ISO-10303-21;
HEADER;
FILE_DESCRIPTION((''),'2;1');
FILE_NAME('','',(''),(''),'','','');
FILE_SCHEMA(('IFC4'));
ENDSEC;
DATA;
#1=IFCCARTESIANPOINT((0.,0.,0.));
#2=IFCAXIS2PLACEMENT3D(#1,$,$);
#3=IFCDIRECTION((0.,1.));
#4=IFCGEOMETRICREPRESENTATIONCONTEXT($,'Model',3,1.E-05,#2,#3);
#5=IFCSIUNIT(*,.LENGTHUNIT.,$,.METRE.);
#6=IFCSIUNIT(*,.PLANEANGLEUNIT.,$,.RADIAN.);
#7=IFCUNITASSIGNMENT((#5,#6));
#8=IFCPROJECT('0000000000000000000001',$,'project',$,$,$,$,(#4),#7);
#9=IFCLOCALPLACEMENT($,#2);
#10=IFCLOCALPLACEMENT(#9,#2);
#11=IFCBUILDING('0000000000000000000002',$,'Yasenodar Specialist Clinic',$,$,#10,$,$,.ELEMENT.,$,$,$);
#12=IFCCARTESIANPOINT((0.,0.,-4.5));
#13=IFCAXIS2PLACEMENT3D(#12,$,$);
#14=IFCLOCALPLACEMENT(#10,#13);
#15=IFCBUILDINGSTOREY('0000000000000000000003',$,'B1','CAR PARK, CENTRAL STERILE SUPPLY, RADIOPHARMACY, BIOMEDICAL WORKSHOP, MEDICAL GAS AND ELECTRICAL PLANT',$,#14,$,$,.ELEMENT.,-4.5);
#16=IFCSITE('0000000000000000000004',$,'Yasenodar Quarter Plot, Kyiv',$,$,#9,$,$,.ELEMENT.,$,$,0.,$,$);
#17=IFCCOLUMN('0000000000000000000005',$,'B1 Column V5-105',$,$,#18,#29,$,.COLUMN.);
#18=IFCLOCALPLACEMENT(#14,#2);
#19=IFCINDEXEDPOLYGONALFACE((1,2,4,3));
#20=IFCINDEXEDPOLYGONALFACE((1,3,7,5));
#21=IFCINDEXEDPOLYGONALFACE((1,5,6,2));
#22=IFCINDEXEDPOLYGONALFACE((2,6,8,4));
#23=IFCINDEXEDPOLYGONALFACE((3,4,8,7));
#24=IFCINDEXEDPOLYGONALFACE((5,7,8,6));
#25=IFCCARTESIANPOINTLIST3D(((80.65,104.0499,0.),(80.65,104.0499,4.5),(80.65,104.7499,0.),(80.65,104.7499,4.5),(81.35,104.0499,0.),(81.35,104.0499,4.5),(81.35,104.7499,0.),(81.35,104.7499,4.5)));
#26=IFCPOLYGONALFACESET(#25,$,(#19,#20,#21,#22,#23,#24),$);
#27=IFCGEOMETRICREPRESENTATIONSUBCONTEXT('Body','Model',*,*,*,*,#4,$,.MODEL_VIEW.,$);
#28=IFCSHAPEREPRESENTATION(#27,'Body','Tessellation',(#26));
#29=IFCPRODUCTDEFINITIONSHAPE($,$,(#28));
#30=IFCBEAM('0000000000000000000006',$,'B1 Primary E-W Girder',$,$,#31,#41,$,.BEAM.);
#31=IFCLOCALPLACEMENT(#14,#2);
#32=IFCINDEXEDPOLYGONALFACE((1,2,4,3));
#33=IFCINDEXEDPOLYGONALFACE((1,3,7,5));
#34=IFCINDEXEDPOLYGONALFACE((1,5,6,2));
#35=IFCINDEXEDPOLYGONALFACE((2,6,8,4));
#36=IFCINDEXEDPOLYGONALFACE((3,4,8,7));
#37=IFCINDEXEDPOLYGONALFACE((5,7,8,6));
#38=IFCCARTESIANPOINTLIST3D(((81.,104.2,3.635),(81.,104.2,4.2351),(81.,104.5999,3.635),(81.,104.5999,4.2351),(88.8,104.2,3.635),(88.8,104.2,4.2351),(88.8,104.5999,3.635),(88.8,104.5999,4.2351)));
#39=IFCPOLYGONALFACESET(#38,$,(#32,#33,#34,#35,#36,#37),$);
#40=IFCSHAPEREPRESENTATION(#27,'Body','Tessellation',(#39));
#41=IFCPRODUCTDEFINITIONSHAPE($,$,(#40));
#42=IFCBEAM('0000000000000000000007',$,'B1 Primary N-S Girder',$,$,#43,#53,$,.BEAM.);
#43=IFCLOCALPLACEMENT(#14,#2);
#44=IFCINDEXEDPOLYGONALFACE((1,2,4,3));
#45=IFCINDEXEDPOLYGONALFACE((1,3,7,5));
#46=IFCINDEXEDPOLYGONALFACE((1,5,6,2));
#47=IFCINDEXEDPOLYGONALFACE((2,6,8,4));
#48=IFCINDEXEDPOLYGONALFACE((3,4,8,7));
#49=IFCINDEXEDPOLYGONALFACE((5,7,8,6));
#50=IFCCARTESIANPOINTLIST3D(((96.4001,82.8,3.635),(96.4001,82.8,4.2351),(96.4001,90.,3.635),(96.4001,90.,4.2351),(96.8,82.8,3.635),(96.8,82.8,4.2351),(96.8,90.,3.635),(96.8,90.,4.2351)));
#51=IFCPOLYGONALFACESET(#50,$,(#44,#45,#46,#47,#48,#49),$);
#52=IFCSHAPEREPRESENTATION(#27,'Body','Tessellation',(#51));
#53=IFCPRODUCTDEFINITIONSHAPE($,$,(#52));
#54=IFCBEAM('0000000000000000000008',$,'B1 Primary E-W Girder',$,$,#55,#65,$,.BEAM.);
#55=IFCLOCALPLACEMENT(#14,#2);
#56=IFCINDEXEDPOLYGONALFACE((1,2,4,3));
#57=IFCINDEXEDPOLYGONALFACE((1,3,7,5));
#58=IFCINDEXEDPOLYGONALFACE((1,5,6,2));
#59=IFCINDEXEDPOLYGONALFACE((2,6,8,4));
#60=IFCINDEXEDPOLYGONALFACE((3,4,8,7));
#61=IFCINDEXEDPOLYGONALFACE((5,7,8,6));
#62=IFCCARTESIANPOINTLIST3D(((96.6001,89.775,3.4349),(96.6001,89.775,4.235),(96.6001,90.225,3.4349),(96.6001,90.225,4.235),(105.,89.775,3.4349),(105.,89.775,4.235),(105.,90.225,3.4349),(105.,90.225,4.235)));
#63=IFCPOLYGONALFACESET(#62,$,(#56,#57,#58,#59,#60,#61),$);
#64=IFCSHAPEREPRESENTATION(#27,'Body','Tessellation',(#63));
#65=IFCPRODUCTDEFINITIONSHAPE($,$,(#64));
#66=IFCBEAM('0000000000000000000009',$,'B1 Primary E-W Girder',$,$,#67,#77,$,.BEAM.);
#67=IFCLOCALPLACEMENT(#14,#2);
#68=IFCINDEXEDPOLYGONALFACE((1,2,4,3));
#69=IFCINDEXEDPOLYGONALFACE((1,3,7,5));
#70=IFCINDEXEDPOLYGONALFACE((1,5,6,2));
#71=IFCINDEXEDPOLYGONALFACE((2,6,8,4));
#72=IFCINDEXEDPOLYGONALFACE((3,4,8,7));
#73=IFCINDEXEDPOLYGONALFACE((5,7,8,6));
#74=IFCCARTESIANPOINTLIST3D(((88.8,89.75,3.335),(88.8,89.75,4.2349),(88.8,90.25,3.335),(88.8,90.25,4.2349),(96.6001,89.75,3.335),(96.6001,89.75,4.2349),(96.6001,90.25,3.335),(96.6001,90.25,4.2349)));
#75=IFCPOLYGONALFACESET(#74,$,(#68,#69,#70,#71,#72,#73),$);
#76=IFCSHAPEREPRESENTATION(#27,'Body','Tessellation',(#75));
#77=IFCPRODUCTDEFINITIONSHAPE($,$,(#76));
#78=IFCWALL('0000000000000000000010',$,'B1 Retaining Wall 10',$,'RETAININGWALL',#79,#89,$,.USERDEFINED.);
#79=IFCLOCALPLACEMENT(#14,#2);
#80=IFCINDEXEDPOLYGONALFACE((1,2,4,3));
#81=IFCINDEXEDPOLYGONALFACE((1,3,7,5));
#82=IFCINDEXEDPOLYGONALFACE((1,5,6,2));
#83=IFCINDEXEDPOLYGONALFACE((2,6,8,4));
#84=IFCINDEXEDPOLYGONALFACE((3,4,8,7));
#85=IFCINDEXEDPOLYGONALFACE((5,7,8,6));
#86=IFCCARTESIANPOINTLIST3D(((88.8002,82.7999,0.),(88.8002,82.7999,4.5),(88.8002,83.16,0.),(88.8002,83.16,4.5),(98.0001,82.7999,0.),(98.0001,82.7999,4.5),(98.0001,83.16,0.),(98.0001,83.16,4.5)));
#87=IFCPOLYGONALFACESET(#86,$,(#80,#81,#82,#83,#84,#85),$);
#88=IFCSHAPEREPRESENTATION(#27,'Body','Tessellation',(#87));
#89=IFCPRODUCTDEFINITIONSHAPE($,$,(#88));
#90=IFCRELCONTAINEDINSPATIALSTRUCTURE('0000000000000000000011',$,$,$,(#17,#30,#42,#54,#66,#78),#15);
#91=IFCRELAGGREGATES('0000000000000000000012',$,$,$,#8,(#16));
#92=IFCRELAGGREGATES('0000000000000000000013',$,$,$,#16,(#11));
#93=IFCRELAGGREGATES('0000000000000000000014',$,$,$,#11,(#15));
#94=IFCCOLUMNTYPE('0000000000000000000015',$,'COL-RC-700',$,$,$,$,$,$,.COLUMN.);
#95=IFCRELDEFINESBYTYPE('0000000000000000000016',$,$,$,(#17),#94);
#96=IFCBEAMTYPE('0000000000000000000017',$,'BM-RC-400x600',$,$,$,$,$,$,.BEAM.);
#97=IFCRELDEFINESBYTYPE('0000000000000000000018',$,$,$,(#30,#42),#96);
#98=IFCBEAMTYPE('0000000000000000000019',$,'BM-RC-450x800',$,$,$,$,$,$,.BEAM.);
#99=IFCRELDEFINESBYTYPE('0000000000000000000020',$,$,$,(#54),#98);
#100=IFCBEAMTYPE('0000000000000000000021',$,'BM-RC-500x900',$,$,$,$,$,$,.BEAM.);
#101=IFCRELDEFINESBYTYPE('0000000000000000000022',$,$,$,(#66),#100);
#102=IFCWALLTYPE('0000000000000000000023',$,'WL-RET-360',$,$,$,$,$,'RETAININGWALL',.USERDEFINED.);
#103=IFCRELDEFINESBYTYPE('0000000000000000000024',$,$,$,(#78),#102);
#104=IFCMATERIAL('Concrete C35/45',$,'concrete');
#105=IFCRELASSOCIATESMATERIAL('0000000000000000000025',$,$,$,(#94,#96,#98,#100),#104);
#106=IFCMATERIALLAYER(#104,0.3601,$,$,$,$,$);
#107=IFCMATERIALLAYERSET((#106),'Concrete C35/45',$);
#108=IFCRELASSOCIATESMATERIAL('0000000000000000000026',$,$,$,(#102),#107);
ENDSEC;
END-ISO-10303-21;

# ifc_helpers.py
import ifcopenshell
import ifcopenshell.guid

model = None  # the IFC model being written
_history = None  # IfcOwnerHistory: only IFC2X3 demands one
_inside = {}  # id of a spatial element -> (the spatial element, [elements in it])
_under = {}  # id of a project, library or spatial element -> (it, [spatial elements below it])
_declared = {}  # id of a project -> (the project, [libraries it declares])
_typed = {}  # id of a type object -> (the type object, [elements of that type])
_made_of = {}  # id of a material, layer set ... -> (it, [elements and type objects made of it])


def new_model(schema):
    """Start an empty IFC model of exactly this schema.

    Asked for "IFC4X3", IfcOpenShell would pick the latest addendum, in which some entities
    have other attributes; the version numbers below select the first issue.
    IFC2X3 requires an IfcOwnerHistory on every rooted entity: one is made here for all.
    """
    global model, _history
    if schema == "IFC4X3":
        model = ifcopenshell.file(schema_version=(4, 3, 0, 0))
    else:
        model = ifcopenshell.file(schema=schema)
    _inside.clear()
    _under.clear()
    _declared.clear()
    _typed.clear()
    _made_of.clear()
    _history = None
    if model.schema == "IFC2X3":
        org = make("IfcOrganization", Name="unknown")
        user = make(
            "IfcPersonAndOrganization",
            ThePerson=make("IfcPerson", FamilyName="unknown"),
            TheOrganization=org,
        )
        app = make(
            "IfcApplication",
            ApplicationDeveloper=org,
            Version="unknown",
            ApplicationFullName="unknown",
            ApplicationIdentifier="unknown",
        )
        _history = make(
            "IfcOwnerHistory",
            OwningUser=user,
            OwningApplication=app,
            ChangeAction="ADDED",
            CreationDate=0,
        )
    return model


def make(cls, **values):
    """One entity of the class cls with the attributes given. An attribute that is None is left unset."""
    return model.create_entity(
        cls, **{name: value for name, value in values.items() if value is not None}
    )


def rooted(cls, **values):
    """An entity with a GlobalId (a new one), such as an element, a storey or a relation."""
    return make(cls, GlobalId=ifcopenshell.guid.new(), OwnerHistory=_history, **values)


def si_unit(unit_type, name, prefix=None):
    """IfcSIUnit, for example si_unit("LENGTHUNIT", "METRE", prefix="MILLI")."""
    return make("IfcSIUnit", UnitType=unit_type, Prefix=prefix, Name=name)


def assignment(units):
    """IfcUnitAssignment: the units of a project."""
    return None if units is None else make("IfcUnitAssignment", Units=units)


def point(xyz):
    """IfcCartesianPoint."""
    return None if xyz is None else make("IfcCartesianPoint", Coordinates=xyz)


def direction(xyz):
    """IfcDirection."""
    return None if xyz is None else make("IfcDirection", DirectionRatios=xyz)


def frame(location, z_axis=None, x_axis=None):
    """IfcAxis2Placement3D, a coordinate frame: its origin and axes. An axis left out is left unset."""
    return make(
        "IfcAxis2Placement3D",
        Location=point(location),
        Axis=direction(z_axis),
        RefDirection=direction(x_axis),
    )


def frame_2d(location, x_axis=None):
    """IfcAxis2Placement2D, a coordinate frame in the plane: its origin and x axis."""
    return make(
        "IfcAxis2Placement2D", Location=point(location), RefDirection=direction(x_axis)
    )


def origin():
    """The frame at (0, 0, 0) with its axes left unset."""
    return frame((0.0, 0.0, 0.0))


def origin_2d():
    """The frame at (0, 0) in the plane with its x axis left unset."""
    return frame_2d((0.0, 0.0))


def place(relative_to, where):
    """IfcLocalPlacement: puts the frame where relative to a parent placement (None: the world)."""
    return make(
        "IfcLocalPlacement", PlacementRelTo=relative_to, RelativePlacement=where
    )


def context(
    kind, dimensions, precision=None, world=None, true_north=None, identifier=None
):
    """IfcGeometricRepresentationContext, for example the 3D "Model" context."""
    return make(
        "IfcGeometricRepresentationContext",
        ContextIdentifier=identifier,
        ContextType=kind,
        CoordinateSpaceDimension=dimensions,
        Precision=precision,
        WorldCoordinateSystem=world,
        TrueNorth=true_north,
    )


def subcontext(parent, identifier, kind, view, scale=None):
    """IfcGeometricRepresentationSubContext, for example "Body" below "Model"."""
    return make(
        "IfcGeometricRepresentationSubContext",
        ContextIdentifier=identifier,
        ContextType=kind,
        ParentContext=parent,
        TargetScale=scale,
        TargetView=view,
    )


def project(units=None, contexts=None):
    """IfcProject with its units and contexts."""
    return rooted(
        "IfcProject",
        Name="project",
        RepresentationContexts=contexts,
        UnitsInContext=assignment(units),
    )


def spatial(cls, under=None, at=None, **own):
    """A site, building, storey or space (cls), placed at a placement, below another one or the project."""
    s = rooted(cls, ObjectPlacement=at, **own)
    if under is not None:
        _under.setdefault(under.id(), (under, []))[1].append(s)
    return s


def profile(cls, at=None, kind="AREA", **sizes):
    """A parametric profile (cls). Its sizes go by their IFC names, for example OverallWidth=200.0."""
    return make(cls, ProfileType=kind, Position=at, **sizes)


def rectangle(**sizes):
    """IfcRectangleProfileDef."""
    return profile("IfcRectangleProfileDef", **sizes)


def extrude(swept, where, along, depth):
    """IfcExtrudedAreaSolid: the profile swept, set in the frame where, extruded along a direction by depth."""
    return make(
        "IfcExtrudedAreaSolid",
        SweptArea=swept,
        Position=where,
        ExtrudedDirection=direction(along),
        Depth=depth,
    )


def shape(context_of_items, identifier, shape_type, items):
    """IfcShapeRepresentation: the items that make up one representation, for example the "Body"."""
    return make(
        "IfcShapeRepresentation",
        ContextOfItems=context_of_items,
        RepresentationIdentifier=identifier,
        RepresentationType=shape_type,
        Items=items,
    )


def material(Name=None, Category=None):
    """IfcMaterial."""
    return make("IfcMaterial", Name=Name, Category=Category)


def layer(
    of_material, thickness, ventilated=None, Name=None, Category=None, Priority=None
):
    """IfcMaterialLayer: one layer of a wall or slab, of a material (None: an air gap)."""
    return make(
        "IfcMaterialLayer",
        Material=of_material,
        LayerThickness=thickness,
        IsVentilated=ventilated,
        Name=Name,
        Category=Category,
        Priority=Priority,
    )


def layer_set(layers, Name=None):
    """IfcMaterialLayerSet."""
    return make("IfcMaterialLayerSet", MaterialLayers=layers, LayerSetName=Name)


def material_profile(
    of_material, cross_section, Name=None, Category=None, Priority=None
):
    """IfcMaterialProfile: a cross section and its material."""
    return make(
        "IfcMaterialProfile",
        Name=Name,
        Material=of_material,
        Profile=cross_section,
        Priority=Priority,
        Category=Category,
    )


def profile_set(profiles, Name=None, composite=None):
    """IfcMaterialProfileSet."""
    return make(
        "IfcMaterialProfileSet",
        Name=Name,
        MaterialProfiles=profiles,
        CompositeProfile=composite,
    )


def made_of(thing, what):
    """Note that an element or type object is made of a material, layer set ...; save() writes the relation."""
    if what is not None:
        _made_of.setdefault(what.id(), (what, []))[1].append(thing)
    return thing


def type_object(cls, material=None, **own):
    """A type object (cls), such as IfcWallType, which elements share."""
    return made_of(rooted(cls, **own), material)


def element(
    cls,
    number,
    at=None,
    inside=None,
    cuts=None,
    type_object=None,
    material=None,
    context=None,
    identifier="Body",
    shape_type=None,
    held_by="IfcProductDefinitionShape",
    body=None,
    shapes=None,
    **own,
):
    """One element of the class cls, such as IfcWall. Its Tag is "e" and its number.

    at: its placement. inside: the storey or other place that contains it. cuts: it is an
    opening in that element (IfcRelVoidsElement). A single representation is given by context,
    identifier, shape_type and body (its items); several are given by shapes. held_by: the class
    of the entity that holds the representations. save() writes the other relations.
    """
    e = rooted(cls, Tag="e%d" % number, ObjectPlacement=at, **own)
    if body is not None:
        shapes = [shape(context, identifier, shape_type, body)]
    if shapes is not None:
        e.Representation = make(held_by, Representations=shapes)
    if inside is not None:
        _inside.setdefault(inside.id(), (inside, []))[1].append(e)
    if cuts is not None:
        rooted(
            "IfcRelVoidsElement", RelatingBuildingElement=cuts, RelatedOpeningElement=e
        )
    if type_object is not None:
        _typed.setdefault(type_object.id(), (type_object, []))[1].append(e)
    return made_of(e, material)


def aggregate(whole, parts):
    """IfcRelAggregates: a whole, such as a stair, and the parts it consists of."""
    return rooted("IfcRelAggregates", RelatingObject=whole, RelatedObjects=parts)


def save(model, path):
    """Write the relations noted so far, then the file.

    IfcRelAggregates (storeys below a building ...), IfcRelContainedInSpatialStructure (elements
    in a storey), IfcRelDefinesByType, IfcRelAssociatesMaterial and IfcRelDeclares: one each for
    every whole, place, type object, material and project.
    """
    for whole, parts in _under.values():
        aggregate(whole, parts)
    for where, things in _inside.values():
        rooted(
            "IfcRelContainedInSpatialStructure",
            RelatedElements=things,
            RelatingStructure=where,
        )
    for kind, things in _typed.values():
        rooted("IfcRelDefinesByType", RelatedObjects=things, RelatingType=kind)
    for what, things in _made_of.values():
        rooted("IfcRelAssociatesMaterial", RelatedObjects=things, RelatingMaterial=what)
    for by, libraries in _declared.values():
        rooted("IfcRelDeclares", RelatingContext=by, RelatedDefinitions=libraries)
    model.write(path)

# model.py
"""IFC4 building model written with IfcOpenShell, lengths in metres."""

from ifc_helpers import new_model, si_unit, direction, frame, frame_2d, origin, origin_2d, place, context, subcontext, project, spatial, rectangle, extrude, material, layer, layer_set, material_profile, profile_set, type_object, element, save


model = new_model("IFC4")

# Units and contexts
model_context = context("Model", 3, precision=1e-05, world=origin(), true_north=direction((0.0, 1.0)))
body_context = subcontext(model_context, "Body", "Model", "MODEL_VIEW")
ifc_project = project(units=[si_unit("LENGTHUNIT", "METRE"), si_unit("PLANEANGLEUNIT", "RADIAN")], contexts=[model_context])

# Site, building, storey
site_placement = place(None, origin())
site = spatial("IfcSite", under=ifc_project, at=site_placement, Name="Yasenodar Quarter Plot, Kyiv", CompositionType="ELEMENT", RefElevation=0.0)
building_placement = place(site_placement, origin())
building = spatial("IfcBuilding", under=site, at=building_placement, Name="Yasenodar Specialist Clinic", CompositionType="ELEMENT")
storey_placement = place(building_placement, frame((0.0, 0.0, -4.5)))
storey = spatial("IfcBuildingStorey", under=building, at=storey_placement, Name="B1", Description="CAR PARK, CENTRAL STERILE SUPPLY, RADIOPHARMACY, BIOMEDICAL WORKSHOP, MEDICAL GAS AND ELECTRICAL PLANT", CompositionType="ELEMENT", Elevation=-4.5)

# Shared definitions
ifc_material_1 = material(Name="Concrete C35/45", Category="concrete")

# Column
ifc_material_profile_1 = material_profile(ifc_material_1, rectangle(XDim=0.7, YDim=0.7, at=origin_2d()), Name="RC 700x700")
ifc_profile_set_1 = profile_set([ifc_material_profile_1], Name="Concrete C35/45")
column_type_1 = type_object("IfcColumnType", Name="COL-RC-700", PredefinedType="COLUMN", material=ifc_profile_set_1)
column_placement = place(storey_placement, frame((81.0, 104.3999, 0.0), z_axis=(0.0, 0.0, 1.0), x_axis=(1.0, 0.0, 0.0)))
element("IfcColumn", 1, at=column_placement, inside=storey, type_object=column_type_1, Name="B1 Column V5-105", PredefinedType="COLUMN", context=body_context, shape_type="SweptSolid", body=[
    extrude(rectangle(XDim=0.7, YDim=0.7, at=origin_2d()), origin(), (0.0, 0.0, 1.0), 4.5),
])

# Beams
ifc_material_profile_2 = material_profile(ifc_material_1, rectangle(XDim=0.3999, YDim=0.6001, at=origin_2d()), Name="RC 400x600")
ifc_profile_set_2 = profile_set([ifc_material_profile_2], Name="Concrete C35/45")
beam_type_1 = type_object("IfcBeamType", Name="BM-RC-400x600", PredefinedType="BEAM", material=ifc_profile_set_2)
beam_1_placement = place(storey_placement, frame((81.0, 104.3999, 3.9351), z_axis=(1.0, 0.0, 0.0), x_axis=(0.0, 1.0, 0.0)))
element("IfcBeam", 2, at=beam_1_placement, inside=storey, type_object=beam_type_1, Name="B1 Primary E-W Girder", PredefinedType="BEAM", context=body_context, shape_type="SweptSolid", body=[
    extrude(rectangle(XDim=0.3999, YDim=0.6001, at=origin_2d()), origin(), (0.0, 0.0, 1.0), 7.8),
])
beam_2_placement = place(storey_placement, frame((96.6001, 82.8, 3.9351), z_axis=(0.0, 1.0, 0.0), x_axis=(-1.0, 0.0, 0.0)))
element("IfcBeam", 3, at=beam_2_placement, inside=storey, type_object=beam_type_1, Name="B1 Primary N-S Girder", PredefinedType="BEAM", context=body_context, shape_type="SweptSolid", body=[
    extrude(rectangle(XDim=0.3999, YDim=0.6001, at=origin_2d()), origin(), (0.0, 0.0, 1.0), 7.2),
])
ifc_material_profile_3 = material_profile(ifc_material_1, rectangle(XDim=0.45, YDim=0.8, at=origin_2d()), Name="RC 450x800")
ifc_profile_set_3 = profile_set([ifc_material_profile_3], Name="Concrete C35/45")
beam_type_2 = type_object("IfcBeamType", Name="BM-RC-450x800", PredefinedType="BEAM", material=ifc_profile_set_3)
beam_3_placement = place(storey_placement, frame((96.6001, 90.0, 3.835), z_axis=(1.0, 0.0, 0.0), x_axis=(0.0, 1.0, 0.0)))
element("IfcBeam", 4, at=beam_3_placement, inside=storey, type_object=beam_type_2, Name="B1 Primary E-W Girder", PredefinedType="BEAM", context=body_context, shape_type="SweptSolid", body=[
    extrude(rectangle(XDim=0.45, YDim=0.8, at=origin_2d()), origin(), (0.0, 0.0, 1.0), 8.3999),
])
ifc_material_profile_4 = material_profile(ifc_material_1, rectangle(XDim=0.5, YDim=0.8999, at=origin_2d()), Name="RC 500x900")
ifc_profile_set_4 = profile_set([ifc_material_profile_4], Name="Concrete C35/45")
beam_type_3 = type_object("IfcBeamType", Name="BM-RC-500x900", PredefinedType="BEAM", material=ifc_profile_set_4)
beam_4_placement = place(storey_placement, frame((88.8, 90.0, 3.7849), z_axis=(1.0, 0.0, 0.0), x_axis=(0.0, 1.0, 0.0)))
element("IfcBeam", 5, at=beam_4_placement, inside=storey, type_object=beam_type_3, Name="B1 Primary E-W Girder", PredefinedType="BEAM", context=body_context, shape_type="SweptSolid", body=[
    extrude(rectangle(XDim=0.5, YDim=0.8999, at=origin_2d()), origin(), (0.0, 0.0, 1.0), 7.8),
])

# Wall
ifc_layer = layer(ifc_material_1, 0.3601)
ifc_layer_set = layer_set([ifc_layer], Name="Concrete C35/45")
wall_type = type_object("IfcWallType", Name="WL-RET-360", ElementType="RETAININGWALL", PredefinedType="USERDEFINED", material=ifc_layer_set)
wall_placement = place(storey_placement, frame((88.8, 82.98, 0.0), z_axis=(0.0, 0.0, 1.0), x_axis=(1.0, 0.0, 0.0)))
element("IfcWall", 6, at=wall_placement, inside=storey, type_object=wall_type, Name="B1 Retaining Wall 10", ObjectType="RETAININGWALL", PredefinedType="USERDEFINED", context=body_context, shape_type="SweptSolid", body=[
    extrude(rectangle(XDim=9.2, YDim=0.3601, at=frame_2d((4.6001, 0.0))), origin(), (0.0, 0.0, 1.0), 4.5),
])

save(model, "model.ifc")
